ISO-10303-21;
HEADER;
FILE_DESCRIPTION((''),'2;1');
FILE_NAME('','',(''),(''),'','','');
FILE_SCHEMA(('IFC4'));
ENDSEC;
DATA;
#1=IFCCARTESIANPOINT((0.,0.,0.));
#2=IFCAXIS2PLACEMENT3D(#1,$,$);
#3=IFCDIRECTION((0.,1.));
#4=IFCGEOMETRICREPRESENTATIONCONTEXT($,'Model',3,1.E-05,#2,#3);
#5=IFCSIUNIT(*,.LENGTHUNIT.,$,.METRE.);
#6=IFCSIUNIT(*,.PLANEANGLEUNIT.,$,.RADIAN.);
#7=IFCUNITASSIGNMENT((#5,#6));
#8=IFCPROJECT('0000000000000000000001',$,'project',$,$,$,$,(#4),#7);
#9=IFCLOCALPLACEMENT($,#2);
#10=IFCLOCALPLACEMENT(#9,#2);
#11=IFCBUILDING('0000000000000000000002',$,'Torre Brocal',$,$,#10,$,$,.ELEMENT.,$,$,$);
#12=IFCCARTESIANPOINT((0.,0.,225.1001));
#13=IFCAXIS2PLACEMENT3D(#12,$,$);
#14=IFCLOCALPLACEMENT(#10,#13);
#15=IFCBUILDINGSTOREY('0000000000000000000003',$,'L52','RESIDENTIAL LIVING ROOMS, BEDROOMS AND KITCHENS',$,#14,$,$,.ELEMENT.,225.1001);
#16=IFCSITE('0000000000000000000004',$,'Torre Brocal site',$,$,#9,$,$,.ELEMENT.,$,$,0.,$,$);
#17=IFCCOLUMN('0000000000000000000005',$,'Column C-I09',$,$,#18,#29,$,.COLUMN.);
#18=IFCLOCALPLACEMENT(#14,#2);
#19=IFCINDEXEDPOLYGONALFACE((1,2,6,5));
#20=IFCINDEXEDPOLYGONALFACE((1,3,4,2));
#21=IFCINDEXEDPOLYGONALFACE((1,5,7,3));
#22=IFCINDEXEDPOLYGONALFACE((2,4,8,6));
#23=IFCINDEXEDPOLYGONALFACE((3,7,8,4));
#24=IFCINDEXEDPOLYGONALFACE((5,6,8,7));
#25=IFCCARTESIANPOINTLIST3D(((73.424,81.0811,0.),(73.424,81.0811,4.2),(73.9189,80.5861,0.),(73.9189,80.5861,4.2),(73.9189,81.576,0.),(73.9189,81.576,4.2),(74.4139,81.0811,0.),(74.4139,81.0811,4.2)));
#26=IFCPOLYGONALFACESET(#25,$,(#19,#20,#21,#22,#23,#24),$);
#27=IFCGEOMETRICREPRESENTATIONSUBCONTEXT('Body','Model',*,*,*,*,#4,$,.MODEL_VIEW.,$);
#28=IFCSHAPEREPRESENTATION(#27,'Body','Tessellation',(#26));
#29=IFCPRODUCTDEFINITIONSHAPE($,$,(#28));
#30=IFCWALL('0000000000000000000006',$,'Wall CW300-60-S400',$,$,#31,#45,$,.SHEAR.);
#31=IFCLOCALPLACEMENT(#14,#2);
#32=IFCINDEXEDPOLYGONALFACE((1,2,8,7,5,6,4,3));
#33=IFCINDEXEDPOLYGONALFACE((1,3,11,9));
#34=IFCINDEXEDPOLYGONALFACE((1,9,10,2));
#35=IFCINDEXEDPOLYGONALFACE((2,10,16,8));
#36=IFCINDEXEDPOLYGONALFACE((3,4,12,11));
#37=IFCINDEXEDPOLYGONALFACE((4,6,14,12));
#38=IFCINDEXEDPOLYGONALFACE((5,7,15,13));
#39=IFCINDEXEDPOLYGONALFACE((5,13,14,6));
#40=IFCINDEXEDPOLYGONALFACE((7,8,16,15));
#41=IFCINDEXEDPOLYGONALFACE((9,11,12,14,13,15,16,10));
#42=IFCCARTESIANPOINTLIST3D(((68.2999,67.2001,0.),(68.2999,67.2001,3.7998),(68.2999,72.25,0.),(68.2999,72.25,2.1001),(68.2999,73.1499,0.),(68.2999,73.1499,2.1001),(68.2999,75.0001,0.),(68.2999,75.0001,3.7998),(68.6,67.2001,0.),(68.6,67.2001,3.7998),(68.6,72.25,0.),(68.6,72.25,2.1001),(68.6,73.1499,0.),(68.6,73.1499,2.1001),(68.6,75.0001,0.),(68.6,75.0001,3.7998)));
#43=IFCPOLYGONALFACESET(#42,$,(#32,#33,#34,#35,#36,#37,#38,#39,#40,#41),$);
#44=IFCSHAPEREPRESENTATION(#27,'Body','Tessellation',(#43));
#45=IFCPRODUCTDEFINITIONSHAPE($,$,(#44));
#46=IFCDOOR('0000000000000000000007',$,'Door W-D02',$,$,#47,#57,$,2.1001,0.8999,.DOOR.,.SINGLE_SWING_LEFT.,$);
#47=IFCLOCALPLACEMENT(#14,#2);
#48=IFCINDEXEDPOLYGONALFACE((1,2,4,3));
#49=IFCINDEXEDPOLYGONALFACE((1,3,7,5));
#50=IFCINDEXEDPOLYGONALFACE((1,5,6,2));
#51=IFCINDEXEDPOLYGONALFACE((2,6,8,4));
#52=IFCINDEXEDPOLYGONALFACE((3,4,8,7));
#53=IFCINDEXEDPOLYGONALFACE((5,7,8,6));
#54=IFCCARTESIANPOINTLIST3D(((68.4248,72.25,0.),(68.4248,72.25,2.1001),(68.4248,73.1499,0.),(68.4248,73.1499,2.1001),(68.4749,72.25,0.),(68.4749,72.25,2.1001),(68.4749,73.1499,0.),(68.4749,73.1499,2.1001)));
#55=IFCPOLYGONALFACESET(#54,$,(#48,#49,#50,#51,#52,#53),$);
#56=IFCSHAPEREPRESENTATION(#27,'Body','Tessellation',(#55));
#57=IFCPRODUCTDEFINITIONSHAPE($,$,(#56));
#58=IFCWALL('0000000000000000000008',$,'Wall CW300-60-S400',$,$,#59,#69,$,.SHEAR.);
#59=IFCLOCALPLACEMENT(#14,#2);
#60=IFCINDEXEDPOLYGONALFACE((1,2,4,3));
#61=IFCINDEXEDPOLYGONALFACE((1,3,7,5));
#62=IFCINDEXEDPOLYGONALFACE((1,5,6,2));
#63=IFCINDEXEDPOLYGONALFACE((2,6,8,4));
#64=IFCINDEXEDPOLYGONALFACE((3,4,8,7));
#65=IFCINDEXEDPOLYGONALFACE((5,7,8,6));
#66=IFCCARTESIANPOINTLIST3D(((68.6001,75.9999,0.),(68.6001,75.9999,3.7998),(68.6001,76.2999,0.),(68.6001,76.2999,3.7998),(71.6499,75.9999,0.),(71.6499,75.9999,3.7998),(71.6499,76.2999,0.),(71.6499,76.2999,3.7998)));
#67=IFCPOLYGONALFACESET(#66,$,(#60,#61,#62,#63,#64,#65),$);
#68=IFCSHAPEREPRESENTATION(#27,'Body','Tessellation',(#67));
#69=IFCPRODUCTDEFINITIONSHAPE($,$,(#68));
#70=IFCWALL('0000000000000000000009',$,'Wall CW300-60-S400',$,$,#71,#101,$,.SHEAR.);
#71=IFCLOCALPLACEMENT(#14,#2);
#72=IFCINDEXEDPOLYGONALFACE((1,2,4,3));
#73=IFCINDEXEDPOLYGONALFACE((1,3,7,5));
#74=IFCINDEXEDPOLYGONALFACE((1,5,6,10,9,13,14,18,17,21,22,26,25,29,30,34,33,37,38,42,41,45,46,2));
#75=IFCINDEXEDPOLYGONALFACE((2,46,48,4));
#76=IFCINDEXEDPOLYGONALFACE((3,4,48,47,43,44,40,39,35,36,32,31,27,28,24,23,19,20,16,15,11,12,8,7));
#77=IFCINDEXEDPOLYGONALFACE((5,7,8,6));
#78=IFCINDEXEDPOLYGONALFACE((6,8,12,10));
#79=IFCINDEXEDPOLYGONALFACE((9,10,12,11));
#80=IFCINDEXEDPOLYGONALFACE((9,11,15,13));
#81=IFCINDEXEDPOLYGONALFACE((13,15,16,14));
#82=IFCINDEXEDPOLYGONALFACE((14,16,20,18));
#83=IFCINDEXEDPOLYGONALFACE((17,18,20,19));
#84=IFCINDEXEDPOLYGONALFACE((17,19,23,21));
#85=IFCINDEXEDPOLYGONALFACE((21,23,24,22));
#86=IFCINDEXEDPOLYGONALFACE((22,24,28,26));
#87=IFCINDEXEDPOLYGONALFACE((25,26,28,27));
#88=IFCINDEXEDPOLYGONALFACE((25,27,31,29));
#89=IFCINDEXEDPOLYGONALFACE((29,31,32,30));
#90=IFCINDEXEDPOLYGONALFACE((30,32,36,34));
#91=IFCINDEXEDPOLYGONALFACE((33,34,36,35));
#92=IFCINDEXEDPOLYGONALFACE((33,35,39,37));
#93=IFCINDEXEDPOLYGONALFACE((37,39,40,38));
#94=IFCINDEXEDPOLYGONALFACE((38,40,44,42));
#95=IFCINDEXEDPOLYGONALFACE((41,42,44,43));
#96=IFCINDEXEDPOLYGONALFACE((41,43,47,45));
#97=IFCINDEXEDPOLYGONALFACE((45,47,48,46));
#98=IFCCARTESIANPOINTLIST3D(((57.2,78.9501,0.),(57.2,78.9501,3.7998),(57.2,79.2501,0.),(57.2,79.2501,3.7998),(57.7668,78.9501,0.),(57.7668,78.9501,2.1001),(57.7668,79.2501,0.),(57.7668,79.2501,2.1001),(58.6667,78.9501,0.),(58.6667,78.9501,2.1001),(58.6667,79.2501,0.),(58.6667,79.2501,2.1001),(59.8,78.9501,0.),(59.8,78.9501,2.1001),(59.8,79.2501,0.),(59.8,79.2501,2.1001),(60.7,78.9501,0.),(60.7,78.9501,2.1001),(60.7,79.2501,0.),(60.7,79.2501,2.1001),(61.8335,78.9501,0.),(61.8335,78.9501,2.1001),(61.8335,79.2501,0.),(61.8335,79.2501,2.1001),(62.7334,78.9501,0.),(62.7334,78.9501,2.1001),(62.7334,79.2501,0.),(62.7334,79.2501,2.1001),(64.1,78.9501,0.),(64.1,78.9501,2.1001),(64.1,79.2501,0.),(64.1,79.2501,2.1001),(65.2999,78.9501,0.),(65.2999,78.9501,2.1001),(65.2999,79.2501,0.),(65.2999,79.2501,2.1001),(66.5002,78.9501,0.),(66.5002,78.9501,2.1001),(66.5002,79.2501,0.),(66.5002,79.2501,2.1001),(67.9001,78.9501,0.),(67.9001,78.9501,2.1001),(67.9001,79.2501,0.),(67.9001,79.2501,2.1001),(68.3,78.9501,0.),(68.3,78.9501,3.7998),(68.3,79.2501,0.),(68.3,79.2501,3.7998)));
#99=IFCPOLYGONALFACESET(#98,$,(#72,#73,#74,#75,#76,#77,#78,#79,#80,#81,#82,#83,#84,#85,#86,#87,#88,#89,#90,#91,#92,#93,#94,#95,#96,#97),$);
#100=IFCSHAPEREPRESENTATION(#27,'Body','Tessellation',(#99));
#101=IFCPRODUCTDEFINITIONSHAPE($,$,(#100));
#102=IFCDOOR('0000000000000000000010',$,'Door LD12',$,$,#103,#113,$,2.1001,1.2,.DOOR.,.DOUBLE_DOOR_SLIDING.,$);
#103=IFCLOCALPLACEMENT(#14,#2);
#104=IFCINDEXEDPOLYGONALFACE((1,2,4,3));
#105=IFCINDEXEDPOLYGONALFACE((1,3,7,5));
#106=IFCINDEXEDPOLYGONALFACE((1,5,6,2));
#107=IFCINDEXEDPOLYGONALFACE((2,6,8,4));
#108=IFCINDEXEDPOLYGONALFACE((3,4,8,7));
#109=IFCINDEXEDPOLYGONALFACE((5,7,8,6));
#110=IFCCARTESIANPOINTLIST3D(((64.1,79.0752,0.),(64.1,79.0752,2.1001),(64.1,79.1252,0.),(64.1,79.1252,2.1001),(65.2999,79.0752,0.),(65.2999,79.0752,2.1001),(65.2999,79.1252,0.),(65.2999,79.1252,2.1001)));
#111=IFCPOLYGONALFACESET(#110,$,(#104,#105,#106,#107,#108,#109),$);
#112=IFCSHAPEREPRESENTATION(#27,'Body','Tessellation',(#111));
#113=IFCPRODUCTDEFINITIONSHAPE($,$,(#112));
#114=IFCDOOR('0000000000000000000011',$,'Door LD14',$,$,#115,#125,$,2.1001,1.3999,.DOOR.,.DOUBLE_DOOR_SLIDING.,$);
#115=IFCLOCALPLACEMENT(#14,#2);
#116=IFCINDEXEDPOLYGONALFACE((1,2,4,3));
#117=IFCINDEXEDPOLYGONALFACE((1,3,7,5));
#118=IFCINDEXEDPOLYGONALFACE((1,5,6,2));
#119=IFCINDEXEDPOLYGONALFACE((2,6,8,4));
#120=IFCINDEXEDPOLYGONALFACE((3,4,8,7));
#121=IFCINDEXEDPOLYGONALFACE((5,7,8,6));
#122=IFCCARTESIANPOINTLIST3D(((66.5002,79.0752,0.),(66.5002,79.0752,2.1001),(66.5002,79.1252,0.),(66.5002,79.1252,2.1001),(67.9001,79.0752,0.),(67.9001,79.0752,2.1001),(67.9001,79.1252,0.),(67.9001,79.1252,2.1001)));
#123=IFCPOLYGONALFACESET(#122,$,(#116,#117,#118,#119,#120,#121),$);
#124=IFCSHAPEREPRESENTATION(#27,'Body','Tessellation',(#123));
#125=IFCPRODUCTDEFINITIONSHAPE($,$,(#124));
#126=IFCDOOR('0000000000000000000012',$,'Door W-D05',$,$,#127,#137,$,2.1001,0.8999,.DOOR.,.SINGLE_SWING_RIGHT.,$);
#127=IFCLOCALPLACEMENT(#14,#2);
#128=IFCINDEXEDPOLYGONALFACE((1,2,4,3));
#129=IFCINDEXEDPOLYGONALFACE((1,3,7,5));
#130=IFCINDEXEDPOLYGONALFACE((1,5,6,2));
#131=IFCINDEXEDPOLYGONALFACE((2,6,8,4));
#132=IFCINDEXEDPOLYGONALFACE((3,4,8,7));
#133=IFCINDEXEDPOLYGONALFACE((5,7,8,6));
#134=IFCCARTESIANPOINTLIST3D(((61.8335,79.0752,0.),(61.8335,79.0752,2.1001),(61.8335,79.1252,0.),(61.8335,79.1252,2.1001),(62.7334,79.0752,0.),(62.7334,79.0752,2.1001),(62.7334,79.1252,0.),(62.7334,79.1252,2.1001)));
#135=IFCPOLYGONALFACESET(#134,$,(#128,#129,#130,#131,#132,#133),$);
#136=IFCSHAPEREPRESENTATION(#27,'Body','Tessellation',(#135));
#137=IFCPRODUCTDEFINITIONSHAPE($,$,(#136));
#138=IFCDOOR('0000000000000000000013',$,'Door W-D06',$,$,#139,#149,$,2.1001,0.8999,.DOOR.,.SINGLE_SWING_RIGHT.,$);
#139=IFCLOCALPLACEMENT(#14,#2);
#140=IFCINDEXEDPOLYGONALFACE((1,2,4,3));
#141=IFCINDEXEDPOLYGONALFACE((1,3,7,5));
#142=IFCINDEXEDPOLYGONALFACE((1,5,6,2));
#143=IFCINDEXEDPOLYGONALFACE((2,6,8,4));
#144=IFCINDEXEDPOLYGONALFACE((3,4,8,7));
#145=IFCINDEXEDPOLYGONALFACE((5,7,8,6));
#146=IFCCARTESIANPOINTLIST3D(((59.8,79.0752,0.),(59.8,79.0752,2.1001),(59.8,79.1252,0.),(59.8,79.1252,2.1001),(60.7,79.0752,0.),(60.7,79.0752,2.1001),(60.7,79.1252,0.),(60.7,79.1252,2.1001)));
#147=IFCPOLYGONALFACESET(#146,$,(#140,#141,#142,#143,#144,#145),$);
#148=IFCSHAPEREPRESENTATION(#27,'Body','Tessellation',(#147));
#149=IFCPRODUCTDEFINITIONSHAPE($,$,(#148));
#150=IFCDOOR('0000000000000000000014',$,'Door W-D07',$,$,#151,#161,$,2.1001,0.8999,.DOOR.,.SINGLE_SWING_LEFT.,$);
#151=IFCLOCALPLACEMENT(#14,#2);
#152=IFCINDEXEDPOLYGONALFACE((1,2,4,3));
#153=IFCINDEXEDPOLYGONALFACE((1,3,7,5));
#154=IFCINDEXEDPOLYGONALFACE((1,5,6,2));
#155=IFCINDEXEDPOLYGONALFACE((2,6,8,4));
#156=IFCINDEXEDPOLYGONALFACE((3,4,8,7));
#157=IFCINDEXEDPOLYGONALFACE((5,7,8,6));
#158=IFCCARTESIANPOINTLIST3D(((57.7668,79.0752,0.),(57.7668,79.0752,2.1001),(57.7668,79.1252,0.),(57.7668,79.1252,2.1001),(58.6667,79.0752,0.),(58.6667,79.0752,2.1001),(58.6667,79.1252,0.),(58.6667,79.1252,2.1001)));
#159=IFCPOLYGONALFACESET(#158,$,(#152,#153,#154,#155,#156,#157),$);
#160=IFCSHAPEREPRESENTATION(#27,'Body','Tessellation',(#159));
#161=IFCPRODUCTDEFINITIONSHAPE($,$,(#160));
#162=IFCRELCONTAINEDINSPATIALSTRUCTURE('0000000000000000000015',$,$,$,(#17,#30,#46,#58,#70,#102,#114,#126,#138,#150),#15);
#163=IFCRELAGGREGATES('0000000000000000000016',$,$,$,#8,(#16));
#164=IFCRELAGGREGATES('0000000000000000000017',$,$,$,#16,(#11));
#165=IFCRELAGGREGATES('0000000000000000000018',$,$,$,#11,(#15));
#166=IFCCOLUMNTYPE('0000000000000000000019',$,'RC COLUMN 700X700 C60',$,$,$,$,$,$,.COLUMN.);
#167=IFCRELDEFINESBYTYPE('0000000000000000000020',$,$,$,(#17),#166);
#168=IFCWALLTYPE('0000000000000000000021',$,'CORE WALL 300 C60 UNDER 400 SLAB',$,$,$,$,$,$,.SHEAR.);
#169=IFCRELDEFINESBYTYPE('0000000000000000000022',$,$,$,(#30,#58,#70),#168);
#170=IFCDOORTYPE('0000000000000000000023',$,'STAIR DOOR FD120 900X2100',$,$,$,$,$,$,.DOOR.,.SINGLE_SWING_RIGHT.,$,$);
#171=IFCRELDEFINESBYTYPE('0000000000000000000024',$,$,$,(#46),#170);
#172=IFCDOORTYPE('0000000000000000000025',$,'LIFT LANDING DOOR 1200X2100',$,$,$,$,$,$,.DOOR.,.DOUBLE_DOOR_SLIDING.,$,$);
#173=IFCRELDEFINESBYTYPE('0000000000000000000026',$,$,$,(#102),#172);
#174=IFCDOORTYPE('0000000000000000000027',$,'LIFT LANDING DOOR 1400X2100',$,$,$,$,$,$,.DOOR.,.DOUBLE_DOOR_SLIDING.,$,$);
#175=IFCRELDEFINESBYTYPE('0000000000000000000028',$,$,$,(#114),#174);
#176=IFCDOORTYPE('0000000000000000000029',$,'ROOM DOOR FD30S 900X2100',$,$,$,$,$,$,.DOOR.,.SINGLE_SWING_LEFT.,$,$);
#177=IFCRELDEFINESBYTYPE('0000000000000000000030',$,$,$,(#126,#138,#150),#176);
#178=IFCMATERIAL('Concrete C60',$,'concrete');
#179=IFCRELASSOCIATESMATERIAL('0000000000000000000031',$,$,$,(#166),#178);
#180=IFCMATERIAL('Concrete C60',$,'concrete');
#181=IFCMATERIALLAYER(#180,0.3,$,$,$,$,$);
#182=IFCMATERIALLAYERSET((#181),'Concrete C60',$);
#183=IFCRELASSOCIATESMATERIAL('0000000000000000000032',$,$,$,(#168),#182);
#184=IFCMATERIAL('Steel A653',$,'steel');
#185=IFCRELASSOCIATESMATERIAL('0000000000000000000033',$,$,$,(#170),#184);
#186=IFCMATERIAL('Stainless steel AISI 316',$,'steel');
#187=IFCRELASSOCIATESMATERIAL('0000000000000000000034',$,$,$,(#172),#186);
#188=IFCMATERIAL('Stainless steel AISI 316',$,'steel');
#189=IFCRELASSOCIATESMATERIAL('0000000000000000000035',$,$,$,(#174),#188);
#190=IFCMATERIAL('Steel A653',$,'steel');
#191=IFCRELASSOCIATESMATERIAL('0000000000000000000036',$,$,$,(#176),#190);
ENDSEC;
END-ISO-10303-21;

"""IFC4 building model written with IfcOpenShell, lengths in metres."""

from ifc_helpers import new_model, si_unit, direction, frame, frame_2d, origin, origin_2d, place, context, subcontext, project, spatial, rectangle, extrude, material, layer, layer_set, material_profile, profile_set, type_object, element, fill, save


model = new_model("IFC4")

# Units and contexts
model_context = context("Model", 3, precision=1e-05, world=origin(), true_north=direction((0.0, 1.0)))
body_context = subcontext(model_context, "Body", "Model", "MODEL_VIEW")
ifc_project = project(units=[si_unit("LENGTHUNIT", "METRE"), si_unit("PLANEANGLEUNIT", "RADIAN")], contexts=[model_context])

# Site, building, storey
site_placement = place(None, origin())
site = spatial("IfcSite", under=ifc_project, at=site_placement, Name="Torre Brocal site", CompositionType="ELEMENT", RefElevation=0.0)
building_placement = place(site_placement, origin())
building = spatial("IfcBuilding", under=site, at=building_placement, Name="Torre Brocal", CompositionType="ELEMENT")
storey_placement = place(building_placement, frame((0.0, 0.0, 225.1001)))
storey = spatial("IfcBuildingStorey", under=building, at=storey_placement, Name="L52", Description="RESIDENTIAL LIVING ROOMS, BEDROOMS AND KITCHENS", CompositionType="ELEMENT", Elevation=225.1001)

# Column
ifc_material_1 = material(Name="Concrete C60", Category="concrete")
ifc_material_profile = material_profile(ifc_material_1, rectangle(XDim=0.7, YDim=0.7, at=origin_2d()), Name="RC 700X700")
ifc_profile_set = profile_set([ifc_material_profile], Name="Concrete C60")
column_type = type_object("IfcColumnType", Name="RC COLUMN 700X700 C60", PredefinedType="COLUMN", material=ifc_profile_set)
column_placement = place(storey_placement, frame((73.9189, 81.0811, 0.0), z_axis=(0.0, 0.0, 1.0), x_axis=(-0.707107, 0.707107, 0.0)))
element("IfcColumn", 1, at=column_placement, inside=storey, type_object=column_type, Name="Column C-I09", PredefinedType="COLUMN", context=body_context, shape_type="SweptSolid", body=[
    extrude(rectangle(XDim=0.7, YDim=0.7, at=origin_2d()), origin(), (0.0, 0.0, 1.0), 4.2),
])

# Wall, opening, door
ifc_material_2 = material(Name="Concrete C60", Category="concrete")
ifc_layer_1 = layer(ifc_material_2, 0.3)
ifc_layer_set_1 = layer_set([ifc_layer_1], Name="Concrete C60")
wall_type_1 = type_object("IfcWallType", Name="CORE WALL 300 C60 UNDER 400 SLAB", PredefinedType="SHEAR", material=ifc_layer_set_1)
wall_1_placement = place(storey_placement, frame((68.45, 75.0, 0.0), z_axis=(0.0, 0.0, 1.0), x_axis=(0.0, -1.0, 0.0)))
wall_1 = element("IfcWall", 2, at=wall_1_placement, inside=storey, type_object=wall_type_1, Name="Wall CW300-60-S400", PredefinedType="SHEAR", context=body_context, shape_type="SweptSolid", body=[
    extrude(rectangle(XDim=7.8, YDim=0.3, at=frame_2d((3.8999, 0.0))), origin(), (0.0, 0.0, 1.0), 3.7998),
])
opening_1_placement = place(wall_1_placement, frame((1.8501, 0.0, 0.0)))
opening_1 = element("IfcOpeningElement", 3, at=opening_1_placement, cuts=wall_1, PredefinedType="OPENING", context=body_context, shape_type="SweptSolid", body=[
    extrude(rectangle(XDim=0.8999, YDim=2.1001, at=frame_2d((0.45, 1.05))), frame((0.0, 0.1599, 0.0), z_axis=(0.0, -1.0, 0.0), x_axis=(1.0, 0.0, 0.0)), (0.0, 0.0, 1.0), 0.3201),
])
ifc_material_3 = material(Name="Steel A653", Category="steel")
door_type_1 = type_object("IfcDoorType", Name="STAIR DOOR FD120 900X2100", OperationType="SINGLE_SWING_RIGHT", PredefinedType="DOOR", material=ifc_material_3)
door_1_placement = place(opening_1_placement, origin())
door_1 = element("IfcDoor", 4, at=door_1_placement, inside=storey, type_object=door_type_1, Name="Door W-D02", OperationType="SINGLE_SWING_LEFT", OverallHeight=2.1001, OverallWidth=0.8999, PredefinedType="DOOR", context=body_context, shape_type="SweptSolid", body=[
    extrude(rectangle(XDim=0.8999, YDim=2.1001, at=frame_2d((0.45, 1.05))), frame((0.0, 0.0249, 0.0), z_axis=(0.0, -1.0, 0.0), x_axis=(1.0, 0.0, 0.0)), (0.0, 0.0, 1.0), 0.05),
])
fill(opening_1, door_1)

# Wall
wall_2_placement = place(storey_placement, frame((71.6499, 76.1499, 0.0), z_axis=(0.0, 0.0, 1.0), x_axis=(-1.0, 0.0, 0.0)))
element("IfcWall", 5, at=wall_2_placement, inside=storey, type_object=wall_type_1, Name="Wall CW300-60-S400", PredefinedType="SHEAR", context=body_context, shape_type="SweptSolid", body=[
    extrude(rectangle(XDim=3.0498, YDim=0.3, at=frame_2d((1.5249, 0.0))), origin(), (0.0, 0.0, 1.0), 3.7998),
])

# Wall, openings, doors
wall_3_placement = place(storey_placement, frame((68.3, 79.1001, 0.0), z_axis=(0.0, 0.0, 1.0), x_axis=(-1.0, 0.0, 0.0)))
wall_3 = element("IfcWall", 6, at=wall_3_placement, inside=storey, type_object=wall_type_1, Name="Wall CW300-60-S400", PredefinedType="SHEAR", context=body_context, shape_type="SweptSolid", body=[
    extrude(rectangle(XDim=11.1001, YDim=0.3, at=frame_2d((5.55, 0.0))), origin(), (0.0, 0.0, 1.0), 3.7998),
])
opening_2_placement = place(wall_3_placement, frame((0.3999, 0.0, 0.0)))
opening_2 = element("IfcOpeningElement", 7, at=opening_2_placement, cuts=wall_3, PredefinedType="OPENING", context=body_context, shape_type="SweptSolid", body=[
    extrude(rectangle(XDim=1.3999, YDim=2.1001, at=frame_2d((0.7, 1.05))), frame((0.0, 0.1599, 0.0), z_axis=(0.0, -1.0, 0.0), x_axis=(1.0, 0.0, 0.0)), (0.0, 0.0, 1.0), 0.3201),
])
opening_3_placement = place(wall_3_placement, frame((3.0, 0.0, 0.0)))
opening_3 = element("IfcOpeningElement", 8, at=opening_3_placement, cuts=wall_3, PredefinedType="OPENING", context=body_context, shape_type="SweptSolid", body=[
    extrude(rectangle(XDim=1.2, YDim=2.1001, at=frame_2d((0.6001, 1.05))), frame((0.0, 0.1599, 0.0), z_axis=(0.0, -1.0, 0.0), x_axis=(1.0, 0.0, 0.0)), (0.0, 0.0, 1.0), 0.3201),
])
opening_4_placement = place(wall_3_placement, frame((5.5667, 0.0, 0.0)))
opening_4 = element("IfcOpeningElement", 9, at=opening_4_placement, cuts=wall_3, PredefinedType="OPENING", context=body_context, shape_type="SweptSolid", body=[
    extrude(rectangle(XDim=0.8999, YDim=2.1001, at=frame_2d((0.45, 1.05))), frame((0.0, 0.1599, 0.0), z_axis=(0.0, -1.0, 0.0), x_axis=(1.0, 0.0, 0.0)), (0.0, 0.0, 1.0), 0.3201),
])
opening_5_placement = place(wall_3_placement, frame((7.6001, 0.0, 0.0)))
opening_5 = element("IfcOpeningElement", 10, at=opening_5_placement, cuts=wall_3, PredefinedType="OPENING", context=body_context, shape_type="SweptSolid", body=[
    extrude(rectangle(XDim=0.8999, YDim=2.1001, at=frame_2d((0.45, 1.05))), frame((0.0, 0.1599, 0.0), z_axis=(0.0, -1.0, 0.0), x_axis=(1.0, 0.0, 0.0)), (0.0, 0.0, 1.0), 0.3201),
])
opening_6_placement = place(wall_3_placement, frame((9.6333, 0.0, 0.0)))
opening_6 = element("IfcOpeningElement", 11, at=opening_6_placement, cuts=wall_3, PredefinedType="OPENING", context=body_context, shape_type="SweptSolid", body=[
    extrude(rectangle(XDim=0.8999, YDim=2.1001, at=frame_2d((0.45, 1.05))), frame((0.0, 0.1599, 0.0), z_axis=(0.0, -1.0, 0.0), x_axis=(1.0, 0.0, 0.0)), (0.0, 0.0, 1.0), 0.3201),
])
ifc_material_4 = material(Name="Stainless steel AISI 316", Category="steel")
door_type_2 = type_object("IfcDoorType", Name="LIFT LANDING DOOR 1200X2100", OperationType="DOUBLE_DOOR_SLIDING", PredefinedType="DOOR", material=ifc_material_4)
door_2_placement = place(opening_3_placement, origin())
door_2 = element("IfcDoor", 12, at=door_2_placement, inside=storey, type_object=door_type_2, Name="Door LD12", OperationType="DOUBLE_DOOR_SLIDING", OverallHeight=2.1001, OverallWidth=1.2, PredefinedType="DOOR", context=body_context, shape_type="SweptSolid", body=[
    extrude(rectangle(XDim=1.2, YDim=2.1001, at=frame_2d((0.6001, 1.05))), frame((0.0, 0.0249, 0.0), z_axis=(0.0, -1.0, 0.0), x_axis=(1.0, 0.0, 0.0)), (0.0, 0.0, 1.0), 0.05),
])
fill(opening_3, door_2)
ifc_material_5 = material(Name="Stainless steel AISI 316", Category="steel")
door_type_3 = type_object("IfcDoorType", Name="LIFT LANDING DOOR 1400X2100", OperationType="DOUBLE_DOOR_SLIDING", PredefinedType="DOOR", material=ifc_material_5)
door_3_placement = place(opening_2_placement, origin())
door_3 = element("IfcDoor", 13, at=door_3_placement, inside=storey, type_object=door_type_3, Name="Door LD14", OperationType="DOUBLE_DOOR_SLIDING", OverallHeight=2.1001, OverallWidth=1.3999, PredefinedType="DOOR", context=body_context, shape_type="SweptSolid", body=[
    extrude(rectangle(XDim=1.3999, YDim=2.1001, at=frame_2d((0.7, 1.05))), frame((0.0, 0.0249, 0.0), z_axis=(0.0, -1.0, 0.0), x_axis=(1.0, 0.0, 0.0)), (0.0, 0.0, 1.0), 0.05),
])
fill(opening_2, door_3)
ifc_material_6 = material(Name="Steel A653", Category="steel")
door_type_4 = type_object("IfcDoorType", Name="ROOM DOOR FD30S 900X2100", OperationType="SINGLE_SWING_LEFT", PredefinedType="DOOR", material=ifc_material_6)
door_4_placement = place(opening_4_placement, origin())
door_4 = element("IfcDoor", 14, at=door_4_placement, inside=storey, type_object=door_type_4, Name="Door W-D05", OperationType="SINGLE_SWING_RIGHT", OverallHeight=2.1001, OverallWidth=0.8999, PredefinedType="DOOR", context=body_context, shape_type="SweptSolid", body=[
    extrude(rectangle(XDim=0.8999, YDim=2.1001, at=frame_2d((0.45, 1.05))), frame((0.0, 0.0249, 0.0), z_axis=(0.0, -1.0, 0.0), x_axis=(1.0, 0.0, 0.0)), (0.0, 0.0, 1.0), 0.05),
])
fill(opening_4, door_4)
door_5_placement = place(opening_5_placement, origin())
door_5 = element("IfcDoor", 15, at=door_5_placement, inside=storey, type_object=door_type_4, Name="Door W-D06", OperationType="SINGLE_SWING_RIGHT", OverallHeight=2.1001, OverallWidth=0.8999, PredefinedType="DOOR", context=body_context, shape_type="SweptSolid", body=[
    extrude(rectangle(XDim=0.8999, YDim=2.1001, at=frame_2d((0.45, 1.05))), frame((0.0, 0.0249, 0.0), z_axis=(0.0, -1.0, 0.0), x_axis=(1.0, 0.0, 0.0)), (0.0, 0.0, 1.0), 0.05),
])
fill(opening_5, door_5)
door_6_placement = place(opening_6_placement, origin())
door_6 = element("IfcDoor", 16, at=door_6_placement, inside=storey, type_object=door_type_4, Name="Door W-D07", OperationType="SINGLE_SWING_LEFT", OverallHeight=2.1001, OverallWidth=0.8999, PredefinedType="DOOR", context=body_context, shape_type="SweptSolid", body=[
    extrude(rectangle(XDim=0.8999, YDim=2.1001, at=frame_2d((0.45, 1.05))), frame((0.0, 0.0249, 0.0), z_axis=(0.0, -1.0, 0.0), x_axis=(1.0, 0.0, 0.0)), (0.0, 0.0, 1.0), 0.05),
])
fill(opening_6, door_6)

save(model, "model.ifc")
